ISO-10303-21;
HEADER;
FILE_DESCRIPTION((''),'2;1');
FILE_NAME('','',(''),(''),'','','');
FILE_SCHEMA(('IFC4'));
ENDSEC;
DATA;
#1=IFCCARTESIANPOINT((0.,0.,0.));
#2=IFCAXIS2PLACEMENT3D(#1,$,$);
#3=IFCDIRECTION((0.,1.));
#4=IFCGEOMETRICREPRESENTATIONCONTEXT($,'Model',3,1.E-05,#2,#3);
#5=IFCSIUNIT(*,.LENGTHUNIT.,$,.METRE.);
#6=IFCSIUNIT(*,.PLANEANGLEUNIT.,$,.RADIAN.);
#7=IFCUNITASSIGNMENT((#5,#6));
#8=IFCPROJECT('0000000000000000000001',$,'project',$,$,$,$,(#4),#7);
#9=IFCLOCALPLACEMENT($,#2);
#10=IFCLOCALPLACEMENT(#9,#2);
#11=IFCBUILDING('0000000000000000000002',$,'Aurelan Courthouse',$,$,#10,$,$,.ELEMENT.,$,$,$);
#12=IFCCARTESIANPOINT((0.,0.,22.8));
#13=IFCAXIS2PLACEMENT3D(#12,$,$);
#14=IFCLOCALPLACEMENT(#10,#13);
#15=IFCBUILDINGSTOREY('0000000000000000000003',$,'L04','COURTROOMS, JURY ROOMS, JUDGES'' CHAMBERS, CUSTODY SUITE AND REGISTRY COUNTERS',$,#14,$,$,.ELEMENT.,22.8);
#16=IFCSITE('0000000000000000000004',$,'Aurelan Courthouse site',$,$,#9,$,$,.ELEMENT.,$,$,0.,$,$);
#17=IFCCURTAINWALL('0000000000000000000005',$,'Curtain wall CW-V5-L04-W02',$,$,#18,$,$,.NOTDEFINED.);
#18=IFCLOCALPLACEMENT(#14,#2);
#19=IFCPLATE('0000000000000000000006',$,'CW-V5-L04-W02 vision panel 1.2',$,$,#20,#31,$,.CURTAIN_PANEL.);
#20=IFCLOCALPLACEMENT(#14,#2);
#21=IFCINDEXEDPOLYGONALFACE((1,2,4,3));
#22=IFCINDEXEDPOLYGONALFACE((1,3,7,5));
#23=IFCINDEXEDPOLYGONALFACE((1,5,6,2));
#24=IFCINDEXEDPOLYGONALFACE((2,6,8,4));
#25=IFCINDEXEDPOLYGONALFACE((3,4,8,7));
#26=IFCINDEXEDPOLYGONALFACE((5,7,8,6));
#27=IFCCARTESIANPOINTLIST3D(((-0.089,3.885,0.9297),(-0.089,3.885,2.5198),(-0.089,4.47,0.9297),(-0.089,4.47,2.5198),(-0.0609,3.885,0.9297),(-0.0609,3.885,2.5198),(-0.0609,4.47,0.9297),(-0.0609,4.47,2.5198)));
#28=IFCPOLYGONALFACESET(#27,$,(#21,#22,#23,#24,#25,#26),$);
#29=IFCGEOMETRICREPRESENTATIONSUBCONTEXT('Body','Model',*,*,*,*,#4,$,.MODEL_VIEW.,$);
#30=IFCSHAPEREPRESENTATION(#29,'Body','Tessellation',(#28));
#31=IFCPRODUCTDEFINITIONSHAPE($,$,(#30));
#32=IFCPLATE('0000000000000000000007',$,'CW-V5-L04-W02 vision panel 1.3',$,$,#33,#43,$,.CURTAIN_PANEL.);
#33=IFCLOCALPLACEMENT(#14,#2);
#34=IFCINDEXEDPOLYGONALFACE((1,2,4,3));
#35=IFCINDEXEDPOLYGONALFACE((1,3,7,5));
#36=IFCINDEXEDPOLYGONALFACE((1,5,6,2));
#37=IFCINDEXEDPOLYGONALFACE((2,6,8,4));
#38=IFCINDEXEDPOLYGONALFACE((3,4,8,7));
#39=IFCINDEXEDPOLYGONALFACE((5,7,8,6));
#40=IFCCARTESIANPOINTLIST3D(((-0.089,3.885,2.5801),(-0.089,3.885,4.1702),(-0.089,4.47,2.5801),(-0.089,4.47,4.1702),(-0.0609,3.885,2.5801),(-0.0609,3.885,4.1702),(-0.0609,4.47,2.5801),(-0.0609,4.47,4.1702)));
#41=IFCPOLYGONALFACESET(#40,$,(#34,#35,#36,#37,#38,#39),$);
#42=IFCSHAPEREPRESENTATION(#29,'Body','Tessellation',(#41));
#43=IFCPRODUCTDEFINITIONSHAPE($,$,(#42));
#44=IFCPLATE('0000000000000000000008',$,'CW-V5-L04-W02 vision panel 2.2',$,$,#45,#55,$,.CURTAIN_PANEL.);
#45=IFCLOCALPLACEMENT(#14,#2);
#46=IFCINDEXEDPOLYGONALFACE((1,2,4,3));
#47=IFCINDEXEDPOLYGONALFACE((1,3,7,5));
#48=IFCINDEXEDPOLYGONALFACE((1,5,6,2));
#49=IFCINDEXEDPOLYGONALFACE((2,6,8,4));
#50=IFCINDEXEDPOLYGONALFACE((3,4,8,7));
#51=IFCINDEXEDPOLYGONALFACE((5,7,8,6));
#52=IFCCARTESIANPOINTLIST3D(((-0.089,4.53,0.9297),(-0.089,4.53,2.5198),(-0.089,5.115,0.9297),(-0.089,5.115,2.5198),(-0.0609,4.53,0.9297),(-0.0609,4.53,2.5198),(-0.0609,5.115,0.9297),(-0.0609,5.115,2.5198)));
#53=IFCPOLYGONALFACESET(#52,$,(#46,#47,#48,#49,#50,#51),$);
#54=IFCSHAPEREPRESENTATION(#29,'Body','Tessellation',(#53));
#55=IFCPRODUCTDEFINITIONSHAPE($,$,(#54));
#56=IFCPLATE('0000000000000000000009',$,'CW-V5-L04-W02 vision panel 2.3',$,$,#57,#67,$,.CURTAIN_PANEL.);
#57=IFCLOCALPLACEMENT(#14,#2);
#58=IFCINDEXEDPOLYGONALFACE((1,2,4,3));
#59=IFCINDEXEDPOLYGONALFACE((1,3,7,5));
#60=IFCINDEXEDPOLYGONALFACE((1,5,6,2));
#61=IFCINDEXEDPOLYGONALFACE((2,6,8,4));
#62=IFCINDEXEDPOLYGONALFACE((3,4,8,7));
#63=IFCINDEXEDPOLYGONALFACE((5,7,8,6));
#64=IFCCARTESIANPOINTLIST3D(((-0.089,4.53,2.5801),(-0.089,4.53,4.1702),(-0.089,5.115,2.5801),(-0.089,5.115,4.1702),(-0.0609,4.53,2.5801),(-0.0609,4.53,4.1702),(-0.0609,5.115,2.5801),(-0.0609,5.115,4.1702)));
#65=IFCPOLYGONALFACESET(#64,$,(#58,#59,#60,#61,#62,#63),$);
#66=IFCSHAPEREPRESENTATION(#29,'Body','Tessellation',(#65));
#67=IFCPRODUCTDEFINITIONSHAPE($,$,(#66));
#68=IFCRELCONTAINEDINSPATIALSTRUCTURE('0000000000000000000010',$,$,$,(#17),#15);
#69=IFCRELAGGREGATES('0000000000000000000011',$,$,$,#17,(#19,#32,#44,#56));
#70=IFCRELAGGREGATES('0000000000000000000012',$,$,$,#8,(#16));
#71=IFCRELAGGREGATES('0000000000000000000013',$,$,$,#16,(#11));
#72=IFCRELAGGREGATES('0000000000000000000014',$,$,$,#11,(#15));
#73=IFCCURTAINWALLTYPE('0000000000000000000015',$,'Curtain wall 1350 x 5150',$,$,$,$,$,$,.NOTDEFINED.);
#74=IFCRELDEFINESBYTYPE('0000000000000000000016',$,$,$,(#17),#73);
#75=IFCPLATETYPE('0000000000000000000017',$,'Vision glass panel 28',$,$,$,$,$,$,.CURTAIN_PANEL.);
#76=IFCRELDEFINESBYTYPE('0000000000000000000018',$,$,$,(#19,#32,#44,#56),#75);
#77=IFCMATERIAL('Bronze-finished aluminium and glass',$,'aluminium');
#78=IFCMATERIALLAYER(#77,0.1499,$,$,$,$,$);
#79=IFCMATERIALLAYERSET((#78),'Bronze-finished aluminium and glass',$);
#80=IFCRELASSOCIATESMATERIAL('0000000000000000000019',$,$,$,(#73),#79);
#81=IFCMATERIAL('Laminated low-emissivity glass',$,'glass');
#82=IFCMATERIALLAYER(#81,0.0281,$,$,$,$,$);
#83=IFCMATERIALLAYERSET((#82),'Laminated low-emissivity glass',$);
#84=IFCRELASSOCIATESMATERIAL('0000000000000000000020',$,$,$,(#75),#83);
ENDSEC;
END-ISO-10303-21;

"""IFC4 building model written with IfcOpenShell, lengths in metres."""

from ifc_helpers import new_model, si_unit, direction, frame, origin, origin_2d, place, context, subcontext, project, spatial, rectangle, extrude, material, layer, layer_set, type_object, element, aggregate, save


model = new_model("IFC4")

# Units and contexts
model_context = context("Model", 3, precision=1e-05, world=origin(), true_north=direction((0.0, 1.0)))
body_context = subcontext(model_context, "Body", "Model", "MODEL_VIEW")
ifc_project = project(units=[si_unit("LENGTHUNIT", "METRE"), si_unit("PLANEANGLEUNIT", "RADIAN")], contexts=[model_context])

# Site, building, storey
site_placement = place(None, origin())
site = spatial("IfcSite", under=ifc_project, at=site_placement, Name="Aurelan Courthouse site", CompositionType="ELEMENT", RefElevation=0.0)
building_placement = place(site_placement, origin())
building = spatial("IfcBuilding", under=site, at=building_placement, Name="Aurelan Courthouse", CompositionType="ELEMENT")
storey_placement = place(building_placement, frame((0.0, 0.0, 22.8)))
storey = spatial("IfcBuildingStorey", under=building, at=storey_placement, Name="L04", Description="COURTROOMS, JURY ROOMS, JUDGES' CHAMBERS, CUSTODY SUITE AND REGISTRY COUNTERS", CompositionType="ELEMENT", Elevation=22.8)

# Curtain wall
ifc_material_1 = material(Name="Bronze-finished aluminium and glass", Category="aluminium")
ifc_layer_1 = layer(ifc_material_1, 0.1499)
ifc_layer_set_1 = layer_set([ifc_layer_1], Name="Bronze-finished aluminium and glass")
curtain_wall_type = type_object("IfcCurtainWallType", Name="Curtain wall 1350 x 5150", PredefinedType="NOTDEFINED", material=ifc_layer_set_1)
curtain_wall_1_placement = place(storey_placement, origin())
curtain_wall_1 = element("IfcCurtainWall", 1, at=curtain_wall_1_placement, inside=storey, type_object=curtain_wall_type, Name="Curtain wall CW-V5-L04-W02", PredefinedType="NOTDEFINED")

# Plates
ifc_material_2 = material(Name="Laminated low-emissivity glass", Category="glass")
ifc_layer_2 = layer(ifc_material_2, 0.0281)
ifc_layer_set_2 = layer_set([ifc_layer_2], Name="Laminated low-emissivity glass")
plate_type_1 = type_object("IfcPlateType", Name="Vision glass panel 28", PredefinedType="CURTAIN_PANEL", material=ifc_layer_set_2)
plate_1_placement = place(storey_placement, frame((-0.075, 4.1775, 0.9297), z_axis=(0.0, 0.0, 1.0), x_axis=(0.0, 1.0, 0.0)))
plate_1 = element("IfcPlate", 2, at=plate_1_placement, type_object=plate_type_1, Name="CW-V5-L04-W02 vision panel 1.2", PredefinedType="CURTAIN_PANEL", context=body_context, shape_type="SweptSolid", body=[
    extrude(rectangle(XDim=0.585, YDim=0.0281, at=origin_2d()), origin(), (0.0, 0.0, 1.0), 1.5901),
])
plate_2_placement = place(storey_placement, frame((-0.075, 4.1775, 2.5801), z_axis=(0.0, 0.0, 1.0), x_axis=(0.0, 1.0, 0.0)))
plate_2 = element("IfcPlate", 3, at=plate_2_placement, type_object=plate_type_1, Name="CW-V5-L04-W02 vision panel 1.3", PredefinedType="CURTAIN_PANEL", context=body_context, shape_type="SweptSolid", body=[
    extrude(rectangle(XDim=0.585, YDim=0.0281, at=origin_2d()), origin(), (0.0, 0.0, 1.0), 1.5901),
])
plate_3_placement = place(storey_placement, frame((-0.075, 4.8225, 0.9297), z_axis=(0.0, 0.0, 1.0), x_axis=(0.0, 1.0, 0.0)))
plate_3 = element("IfcPlate", 4, at=plate_3_placement, type_object=plate_type_1, Name="CW-V5-L04-W02 vision panel 2.2", PredefinedType="CURTAIN_PANEL", context=body_context, shape_type="SweptSolid", body=[
    extrude(rectangle(XDim=0.585, YDim=0.0281, at=origin_2d()), origin(), (0.0, 0.0, 1.0), 1.5901),
])
plate_4_placement = place(storey_placement, frame((-0.075, 4.8225, 2.5801), z_axis=(0.0, 0.0, 1.0), x_axis=(0.0, 1.0, 0.0)))
plate_4 = element("IfcPlate", 5, at=plate_4_placement, type_object=plate_type_1, Name="CW-V5-L04-W02 vision panel 2.3", PredefinedType="CURTAIN_PANEL", context=body_context, shape_type="SweptSolid", body=[
    extrude(rectangle(XDim=0.585, YDim=0.0281, at=origin_2d()), origin(), (0.0, 0.0, 1.0), 1.5901),
])
aggregate(curtain_wall_1, [plate_1, plate_2, plate_3, plate_4])

save(model, "model.ifc")
